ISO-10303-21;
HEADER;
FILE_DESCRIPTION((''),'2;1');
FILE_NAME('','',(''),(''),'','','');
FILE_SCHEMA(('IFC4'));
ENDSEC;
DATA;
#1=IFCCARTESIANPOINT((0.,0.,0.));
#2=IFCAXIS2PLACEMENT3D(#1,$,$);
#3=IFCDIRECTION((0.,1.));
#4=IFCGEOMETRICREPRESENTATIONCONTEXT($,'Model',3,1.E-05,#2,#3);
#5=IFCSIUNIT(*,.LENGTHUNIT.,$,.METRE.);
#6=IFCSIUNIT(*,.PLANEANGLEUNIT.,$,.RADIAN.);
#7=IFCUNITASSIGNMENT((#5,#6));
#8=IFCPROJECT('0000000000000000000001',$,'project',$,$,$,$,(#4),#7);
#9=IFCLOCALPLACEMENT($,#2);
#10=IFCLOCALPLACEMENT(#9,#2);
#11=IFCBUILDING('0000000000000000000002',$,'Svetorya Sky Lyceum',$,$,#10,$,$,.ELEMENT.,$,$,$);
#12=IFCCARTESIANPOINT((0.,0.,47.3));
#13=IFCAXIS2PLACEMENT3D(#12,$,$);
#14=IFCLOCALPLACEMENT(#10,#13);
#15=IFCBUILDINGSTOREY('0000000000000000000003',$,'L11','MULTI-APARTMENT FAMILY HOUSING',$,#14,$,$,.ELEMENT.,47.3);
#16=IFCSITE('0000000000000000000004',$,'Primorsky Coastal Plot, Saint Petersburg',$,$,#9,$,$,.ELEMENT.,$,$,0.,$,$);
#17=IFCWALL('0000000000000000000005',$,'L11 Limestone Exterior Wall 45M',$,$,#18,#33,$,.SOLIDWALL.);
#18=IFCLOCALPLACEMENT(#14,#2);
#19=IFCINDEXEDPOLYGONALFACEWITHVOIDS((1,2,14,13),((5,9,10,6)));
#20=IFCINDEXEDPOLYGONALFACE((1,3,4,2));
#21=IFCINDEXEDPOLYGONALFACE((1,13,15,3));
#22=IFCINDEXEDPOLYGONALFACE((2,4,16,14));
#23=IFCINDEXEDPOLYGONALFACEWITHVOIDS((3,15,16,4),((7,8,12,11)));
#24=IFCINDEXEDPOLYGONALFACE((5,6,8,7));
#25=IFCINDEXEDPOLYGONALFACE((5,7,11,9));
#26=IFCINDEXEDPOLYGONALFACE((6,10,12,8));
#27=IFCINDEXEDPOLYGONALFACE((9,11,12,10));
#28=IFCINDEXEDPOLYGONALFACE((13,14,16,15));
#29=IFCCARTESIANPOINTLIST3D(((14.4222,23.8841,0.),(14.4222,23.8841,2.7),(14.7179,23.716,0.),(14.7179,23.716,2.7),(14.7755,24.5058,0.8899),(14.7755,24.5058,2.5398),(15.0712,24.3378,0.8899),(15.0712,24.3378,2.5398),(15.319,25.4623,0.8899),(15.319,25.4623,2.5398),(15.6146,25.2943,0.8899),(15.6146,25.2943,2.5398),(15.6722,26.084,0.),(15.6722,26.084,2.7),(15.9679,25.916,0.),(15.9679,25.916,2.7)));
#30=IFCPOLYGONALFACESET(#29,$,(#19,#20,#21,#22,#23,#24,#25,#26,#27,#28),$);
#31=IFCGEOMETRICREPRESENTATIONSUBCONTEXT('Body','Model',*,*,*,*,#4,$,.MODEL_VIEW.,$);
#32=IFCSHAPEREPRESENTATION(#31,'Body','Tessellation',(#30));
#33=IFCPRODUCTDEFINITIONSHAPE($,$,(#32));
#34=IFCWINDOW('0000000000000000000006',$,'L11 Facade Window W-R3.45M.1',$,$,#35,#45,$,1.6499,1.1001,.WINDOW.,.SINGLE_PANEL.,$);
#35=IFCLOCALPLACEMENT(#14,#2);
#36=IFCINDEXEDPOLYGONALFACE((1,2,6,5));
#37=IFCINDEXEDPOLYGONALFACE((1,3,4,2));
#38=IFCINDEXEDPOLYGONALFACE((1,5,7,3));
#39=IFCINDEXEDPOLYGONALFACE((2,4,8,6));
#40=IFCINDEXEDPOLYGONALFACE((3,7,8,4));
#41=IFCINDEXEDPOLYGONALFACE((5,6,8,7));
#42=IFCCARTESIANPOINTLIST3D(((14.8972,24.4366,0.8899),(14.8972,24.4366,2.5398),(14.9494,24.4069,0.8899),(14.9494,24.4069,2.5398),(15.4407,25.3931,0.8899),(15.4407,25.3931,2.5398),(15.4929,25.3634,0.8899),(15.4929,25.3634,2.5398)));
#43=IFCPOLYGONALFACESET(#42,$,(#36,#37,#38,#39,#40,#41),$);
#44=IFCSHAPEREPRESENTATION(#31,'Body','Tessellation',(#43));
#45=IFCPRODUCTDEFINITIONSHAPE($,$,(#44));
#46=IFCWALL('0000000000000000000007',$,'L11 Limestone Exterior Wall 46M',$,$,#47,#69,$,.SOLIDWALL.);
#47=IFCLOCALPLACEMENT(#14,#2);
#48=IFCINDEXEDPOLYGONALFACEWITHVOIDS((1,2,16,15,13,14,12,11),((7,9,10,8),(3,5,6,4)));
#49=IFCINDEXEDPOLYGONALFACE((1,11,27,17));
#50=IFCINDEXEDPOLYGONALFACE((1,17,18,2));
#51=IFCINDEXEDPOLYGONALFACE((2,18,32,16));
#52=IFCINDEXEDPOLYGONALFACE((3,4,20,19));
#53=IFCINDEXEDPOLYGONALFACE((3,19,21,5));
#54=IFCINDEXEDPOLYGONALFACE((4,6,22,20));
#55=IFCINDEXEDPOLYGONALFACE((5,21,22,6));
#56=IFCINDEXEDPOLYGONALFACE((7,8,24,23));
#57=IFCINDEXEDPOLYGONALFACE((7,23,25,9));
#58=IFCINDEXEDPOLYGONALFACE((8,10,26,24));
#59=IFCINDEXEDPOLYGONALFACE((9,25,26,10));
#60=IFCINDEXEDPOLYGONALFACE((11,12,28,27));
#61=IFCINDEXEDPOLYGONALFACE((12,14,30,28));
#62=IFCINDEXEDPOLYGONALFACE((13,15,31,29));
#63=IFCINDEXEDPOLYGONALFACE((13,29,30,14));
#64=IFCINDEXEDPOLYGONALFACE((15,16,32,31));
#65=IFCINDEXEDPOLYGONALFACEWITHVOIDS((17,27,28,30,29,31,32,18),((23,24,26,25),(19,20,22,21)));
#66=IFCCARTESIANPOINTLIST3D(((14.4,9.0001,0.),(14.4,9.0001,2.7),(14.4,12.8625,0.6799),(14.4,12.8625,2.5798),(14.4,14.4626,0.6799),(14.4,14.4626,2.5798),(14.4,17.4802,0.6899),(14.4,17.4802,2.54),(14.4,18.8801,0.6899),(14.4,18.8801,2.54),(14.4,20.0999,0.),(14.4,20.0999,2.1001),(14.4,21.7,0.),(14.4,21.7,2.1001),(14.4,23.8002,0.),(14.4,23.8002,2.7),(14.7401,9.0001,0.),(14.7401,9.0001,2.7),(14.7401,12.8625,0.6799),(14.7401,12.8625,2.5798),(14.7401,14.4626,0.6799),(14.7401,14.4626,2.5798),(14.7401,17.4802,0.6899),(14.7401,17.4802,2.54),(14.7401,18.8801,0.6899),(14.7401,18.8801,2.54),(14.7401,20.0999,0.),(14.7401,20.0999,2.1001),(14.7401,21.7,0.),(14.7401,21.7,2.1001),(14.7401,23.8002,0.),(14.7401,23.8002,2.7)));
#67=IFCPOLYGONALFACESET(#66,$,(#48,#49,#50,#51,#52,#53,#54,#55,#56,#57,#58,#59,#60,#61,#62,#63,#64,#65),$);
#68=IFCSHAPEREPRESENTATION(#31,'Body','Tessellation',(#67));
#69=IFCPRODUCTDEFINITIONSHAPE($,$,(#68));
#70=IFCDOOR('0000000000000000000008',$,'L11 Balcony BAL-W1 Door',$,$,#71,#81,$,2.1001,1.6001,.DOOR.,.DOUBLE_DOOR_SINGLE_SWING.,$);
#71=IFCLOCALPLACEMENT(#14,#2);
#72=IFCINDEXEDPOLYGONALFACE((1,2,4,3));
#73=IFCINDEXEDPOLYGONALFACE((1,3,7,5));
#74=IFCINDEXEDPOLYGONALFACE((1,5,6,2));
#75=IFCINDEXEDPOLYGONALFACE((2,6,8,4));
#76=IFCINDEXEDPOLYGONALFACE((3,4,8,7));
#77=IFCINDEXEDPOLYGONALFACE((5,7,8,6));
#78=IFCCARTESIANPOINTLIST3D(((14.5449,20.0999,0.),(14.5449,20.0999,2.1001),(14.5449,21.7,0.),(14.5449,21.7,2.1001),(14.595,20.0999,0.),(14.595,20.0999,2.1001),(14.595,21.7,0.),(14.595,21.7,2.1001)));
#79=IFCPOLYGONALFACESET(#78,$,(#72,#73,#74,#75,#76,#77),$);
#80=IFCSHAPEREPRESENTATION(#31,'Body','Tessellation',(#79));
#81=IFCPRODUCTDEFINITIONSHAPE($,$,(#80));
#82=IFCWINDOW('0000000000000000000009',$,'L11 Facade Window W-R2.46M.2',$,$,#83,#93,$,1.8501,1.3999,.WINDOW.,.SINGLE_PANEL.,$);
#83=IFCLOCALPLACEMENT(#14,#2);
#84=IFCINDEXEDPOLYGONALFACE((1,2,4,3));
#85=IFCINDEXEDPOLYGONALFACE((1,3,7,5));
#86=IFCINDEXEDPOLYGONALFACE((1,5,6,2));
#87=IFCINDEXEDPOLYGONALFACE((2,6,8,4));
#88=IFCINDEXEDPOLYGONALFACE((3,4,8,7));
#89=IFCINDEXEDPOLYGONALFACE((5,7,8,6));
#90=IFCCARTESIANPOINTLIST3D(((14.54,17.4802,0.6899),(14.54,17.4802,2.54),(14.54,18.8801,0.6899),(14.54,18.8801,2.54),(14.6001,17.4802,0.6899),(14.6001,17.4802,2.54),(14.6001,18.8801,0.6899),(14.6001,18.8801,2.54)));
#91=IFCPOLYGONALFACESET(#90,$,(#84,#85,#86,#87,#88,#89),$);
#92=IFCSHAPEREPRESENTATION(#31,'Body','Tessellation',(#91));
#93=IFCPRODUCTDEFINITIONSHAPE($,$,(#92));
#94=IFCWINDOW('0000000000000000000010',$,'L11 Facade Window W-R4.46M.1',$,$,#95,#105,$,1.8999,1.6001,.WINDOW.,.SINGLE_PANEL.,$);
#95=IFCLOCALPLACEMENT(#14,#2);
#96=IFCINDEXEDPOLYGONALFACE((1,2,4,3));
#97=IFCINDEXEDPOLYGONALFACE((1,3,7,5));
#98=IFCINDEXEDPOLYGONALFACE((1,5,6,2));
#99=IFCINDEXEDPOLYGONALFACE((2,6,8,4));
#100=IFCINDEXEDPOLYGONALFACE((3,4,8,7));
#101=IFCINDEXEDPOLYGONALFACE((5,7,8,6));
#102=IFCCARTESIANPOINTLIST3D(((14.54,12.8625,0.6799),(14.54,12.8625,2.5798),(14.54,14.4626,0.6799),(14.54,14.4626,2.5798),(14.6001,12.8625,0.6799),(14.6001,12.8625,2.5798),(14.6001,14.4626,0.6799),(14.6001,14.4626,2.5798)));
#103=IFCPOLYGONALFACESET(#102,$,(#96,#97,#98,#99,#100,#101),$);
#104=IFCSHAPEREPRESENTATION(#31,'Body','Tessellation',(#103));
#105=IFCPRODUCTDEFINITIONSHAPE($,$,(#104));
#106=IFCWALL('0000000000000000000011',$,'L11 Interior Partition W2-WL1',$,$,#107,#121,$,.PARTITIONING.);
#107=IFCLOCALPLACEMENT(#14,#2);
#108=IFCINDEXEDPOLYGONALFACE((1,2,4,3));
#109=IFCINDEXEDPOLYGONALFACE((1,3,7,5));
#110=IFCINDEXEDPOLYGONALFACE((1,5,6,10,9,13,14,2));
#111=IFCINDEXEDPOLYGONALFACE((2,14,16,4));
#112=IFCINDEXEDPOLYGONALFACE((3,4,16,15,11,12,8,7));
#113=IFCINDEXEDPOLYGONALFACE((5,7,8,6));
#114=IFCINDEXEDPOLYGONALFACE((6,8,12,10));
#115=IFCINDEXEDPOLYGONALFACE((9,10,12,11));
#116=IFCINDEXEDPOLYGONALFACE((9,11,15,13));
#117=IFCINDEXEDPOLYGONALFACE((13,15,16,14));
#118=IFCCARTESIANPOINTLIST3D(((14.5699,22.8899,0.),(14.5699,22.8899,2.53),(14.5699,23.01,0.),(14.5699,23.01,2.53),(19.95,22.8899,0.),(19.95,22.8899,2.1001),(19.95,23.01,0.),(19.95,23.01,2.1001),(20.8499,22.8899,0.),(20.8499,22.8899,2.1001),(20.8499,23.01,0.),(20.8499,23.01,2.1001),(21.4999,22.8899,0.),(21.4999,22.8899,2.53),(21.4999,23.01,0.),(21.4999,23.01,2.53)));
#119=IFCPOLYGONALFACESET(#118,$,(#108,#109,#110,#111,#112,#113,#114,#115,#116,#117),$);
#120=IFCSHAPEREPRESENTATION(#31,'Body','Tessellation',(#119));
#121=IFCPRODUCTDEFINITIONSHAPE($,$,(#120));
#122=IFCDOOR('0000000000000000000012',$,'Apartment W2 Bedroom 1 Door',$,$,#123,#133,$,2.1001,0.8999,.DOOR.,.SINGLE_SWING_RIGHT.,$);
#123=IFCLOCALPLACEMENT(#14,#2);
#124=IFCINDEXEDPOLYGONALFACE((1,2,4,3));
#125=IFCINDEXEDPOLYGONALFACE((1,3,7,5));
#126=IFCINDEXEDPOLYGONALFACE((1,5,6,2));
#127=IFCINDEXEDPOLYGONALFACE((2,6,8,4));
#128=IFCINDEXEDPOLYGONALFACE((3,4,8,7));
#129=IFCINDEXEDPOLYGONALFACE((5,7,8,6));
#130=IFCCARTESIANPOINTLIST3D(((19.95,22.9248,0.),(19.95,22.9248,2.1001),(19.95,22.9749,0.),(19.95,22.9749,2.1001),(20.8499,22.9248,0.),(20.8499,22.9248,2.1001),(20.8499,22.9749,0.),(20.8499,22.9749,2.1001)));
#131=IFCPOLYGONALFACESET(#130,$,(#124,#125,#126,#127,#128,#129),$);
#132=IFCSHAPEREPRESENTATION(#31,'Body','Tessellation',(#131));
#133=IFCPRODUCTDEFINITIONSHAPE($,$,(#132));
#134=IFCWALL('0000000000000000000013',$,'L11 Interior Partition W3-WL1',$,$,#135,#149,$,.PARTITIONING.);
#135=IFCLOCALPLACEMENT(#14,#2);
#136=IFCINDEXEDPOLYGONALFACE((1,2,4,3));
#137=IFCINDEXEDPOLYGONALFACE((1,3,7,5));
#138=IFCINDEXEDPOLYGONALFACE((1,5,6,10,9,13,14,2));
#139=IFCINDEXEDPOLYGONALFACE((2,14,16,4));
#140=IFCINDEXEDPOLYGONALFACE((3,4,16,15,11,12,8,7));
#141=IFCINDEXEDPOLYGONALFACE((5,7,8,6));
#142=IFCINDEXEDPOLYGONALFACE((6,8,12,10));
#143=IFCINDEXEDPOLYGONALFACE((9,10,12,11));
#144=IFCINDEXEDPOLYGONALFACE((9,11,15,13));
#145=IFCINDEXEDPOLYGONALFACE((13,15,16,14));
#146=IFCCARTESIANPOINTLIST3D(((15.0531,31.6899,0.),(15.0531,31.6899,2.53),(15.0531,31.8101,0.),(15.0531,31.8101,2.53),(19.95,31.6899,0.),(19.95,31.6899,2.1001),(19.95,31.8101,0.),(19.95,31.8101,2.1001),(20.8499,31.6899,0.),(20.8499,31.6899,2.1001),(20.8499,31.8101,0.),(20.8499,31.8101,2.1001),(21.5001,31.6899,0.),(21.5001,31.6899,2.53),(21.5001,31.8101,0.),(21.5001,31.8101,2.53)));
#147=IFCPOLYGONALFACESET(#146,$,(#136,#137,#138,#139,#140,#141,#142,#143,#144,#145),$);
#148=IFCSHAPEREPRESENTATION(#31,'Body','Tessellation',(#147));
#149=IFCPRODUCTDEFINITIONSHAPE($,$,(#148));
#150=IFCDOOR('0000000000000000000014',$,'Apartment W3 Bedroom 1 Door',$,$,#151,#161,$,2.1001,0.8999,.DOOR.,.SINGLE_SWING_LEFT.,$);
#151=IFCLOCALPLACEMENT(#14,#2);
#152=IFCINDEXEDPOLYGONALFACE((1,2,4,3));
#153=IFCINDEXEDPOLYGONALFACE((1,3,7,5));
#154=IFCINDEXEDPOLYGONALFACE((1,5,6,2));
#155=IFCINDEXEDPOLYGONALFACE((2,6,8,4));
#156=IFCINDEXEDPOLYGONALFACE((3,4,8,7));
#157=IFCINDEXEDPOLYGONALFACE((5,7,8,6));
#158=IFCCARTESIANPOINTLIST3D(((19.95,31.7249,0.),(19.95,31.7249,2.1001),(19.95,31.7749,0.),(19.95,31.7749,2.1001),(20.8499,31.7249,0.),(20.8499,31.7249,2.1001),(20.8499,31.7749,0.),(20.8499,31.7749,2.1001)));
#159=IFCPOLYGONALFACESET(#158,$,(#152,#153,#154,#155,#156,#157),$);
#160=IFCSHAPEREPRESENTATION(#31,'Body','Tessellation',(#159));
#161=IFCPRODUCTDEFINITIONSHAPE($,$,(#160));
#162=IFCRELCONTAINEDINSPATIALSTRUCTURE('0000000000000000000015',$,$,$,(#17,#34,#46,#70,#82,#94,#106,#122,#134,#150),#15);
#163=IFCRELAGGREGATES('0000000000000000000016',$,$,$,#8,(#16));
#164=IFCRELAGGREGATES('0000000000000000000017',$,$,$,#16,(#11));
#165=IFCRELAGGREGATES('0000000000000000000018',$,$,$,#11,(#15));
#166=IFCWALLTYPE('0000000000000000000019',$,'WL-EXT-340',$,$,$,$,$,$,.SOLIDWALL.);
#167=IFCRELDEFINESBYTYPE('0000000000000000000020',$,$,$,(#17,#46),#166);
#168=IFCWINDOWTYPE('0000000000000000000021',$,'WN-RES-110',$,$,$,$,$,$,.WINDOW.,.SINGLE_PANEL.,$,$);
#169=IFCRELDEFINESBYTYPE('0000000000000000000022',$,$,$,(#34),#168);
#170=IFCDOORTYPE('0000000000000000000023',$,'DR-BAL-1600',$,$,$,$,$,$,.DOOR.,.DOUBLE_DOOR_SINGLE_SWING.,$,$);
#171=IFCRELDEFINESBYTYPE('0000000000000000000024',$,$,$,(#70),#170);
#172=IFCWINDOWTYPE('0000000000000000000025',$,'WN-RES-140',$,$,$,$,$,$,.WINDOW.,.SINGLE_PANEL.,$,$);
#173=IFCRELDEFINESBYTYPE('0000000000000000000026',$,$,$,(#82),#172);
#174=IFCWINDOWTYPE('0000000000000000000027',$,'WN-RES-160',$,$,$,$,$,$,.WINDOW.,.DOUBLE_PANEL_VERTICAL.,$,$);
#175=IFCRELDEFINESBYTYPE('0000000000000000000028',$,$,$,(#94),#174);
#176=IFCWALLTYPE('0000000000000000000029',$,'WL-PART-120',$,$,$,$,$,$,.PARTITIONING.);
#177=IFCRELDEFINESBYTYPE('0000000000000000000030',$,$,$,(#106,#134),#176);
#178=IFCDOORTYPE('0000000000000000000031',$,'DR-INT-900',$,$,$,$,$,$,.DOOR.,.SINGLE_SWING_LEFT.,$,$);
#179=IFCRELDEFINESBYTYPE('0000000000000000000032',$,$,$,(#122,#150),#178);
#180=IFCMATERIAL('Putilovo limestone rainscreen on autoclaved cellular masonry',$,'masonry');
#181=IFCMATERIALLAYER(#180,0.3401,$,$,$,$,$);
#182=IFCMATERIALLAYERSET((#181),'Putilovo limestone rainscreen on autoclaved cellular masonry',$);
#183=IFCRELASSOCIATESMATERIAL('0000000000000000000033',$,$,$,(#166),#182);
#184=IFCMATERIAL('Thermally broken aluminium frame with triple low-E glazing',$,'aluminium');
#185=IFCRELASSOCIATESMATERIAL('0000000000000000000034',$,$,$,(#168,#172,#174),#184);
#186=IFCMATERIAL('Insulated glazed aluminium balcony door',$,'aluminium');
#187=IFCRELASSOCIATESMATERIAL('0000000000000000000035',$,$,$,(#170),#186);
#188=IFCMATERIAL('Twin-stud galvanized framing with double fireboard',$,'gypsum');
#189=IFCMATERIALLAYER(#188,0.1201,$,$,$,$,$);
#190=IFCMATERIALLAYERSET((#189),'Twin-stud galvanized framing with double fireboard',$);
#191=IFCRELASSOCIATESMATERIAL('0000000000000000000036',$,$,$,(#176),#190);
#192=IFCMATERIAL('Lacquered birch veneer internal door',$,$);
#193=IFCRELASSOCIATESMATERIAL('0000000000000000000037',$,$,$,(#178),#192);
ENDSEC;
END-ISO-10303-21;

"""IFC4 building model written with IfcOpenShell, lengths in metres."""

from ifc_helpers import new_model, si_unit, direction, frame, frame_2d, origin, place, context, subcontext, project, spatial, rectangle, extrude, material, layer, layer_set, type_object, element, fill, save


model = new_model("IFC4")

# Units and contexts
model_context = context("Model", 3, precision=1e-05, world=origin(), true_north=direction((0.0, 1.0)))
body_context = subcontext(model_context, "Body", "Model", "MODEL_VIEW")
ifc_project = project(units=[si_unit("LENGTHUNIT", "METRE"), si_unit("PLANEANGLEUNIT", "RADIAN")], contexts=[model_context])

# Site, building, storey
site_placement = place(None, origin())
site = spatial("IfcSite", under=ifc_project, at=site_placement, Name="Primorsky Coastal Plot, Saint Petersburg", CompositionType="ELEMENT", RefElevation=0.0)
building_placement = place(site_placement, origin())
building = spatial("IfcBuilding", under=site, at=building_placement, Name="Svetorya Sky Lyceum", CompositionType="ELEMENT")
storey_placement = place(building_placement, frame((0.0, 0.0, 47.3)))
storey = spatial("IfcBuildingStorey", under=building, at=storey_placement, Name="L11", Description="MULTI-APARTMENT FAMILY HOUSING", CompositionType="ELEMENT", Elevation=47.3)

# Shared definitions
ifc_material_1 = material(Name="Putilovo limestone rainscreen on autoclaved cellular masonry", Category="masonry")
ifc_layer_1 = layer(ifc_material_1, 0.3401)
ifc_layer_set_1 = layer_set([ifc_layer_1], Name="Putilovo limestone rainscreen on autoclaved cellular masonry")
wall_type_1 = type_object("IfcWallType", Name="WL-EXT-340", PredefinedType="SOLIDWALL", material=ifc_layer_set_1)
ifc_material_2 = material(Name="Thermally broken aluminium frame with triple low-E glazing", Category="aluminium")

# Wall, opening, window
wall_1_placement = place(storey_placement, frame((15.8201, 26.0, 0.0), z_axis=(0.0, 0.0, 1.0), x_axis=(-0.494018, -0.869452, 0.0)))
wall_1 = element("IfcWall", 1, at=wall_1_placement, inside=storey, type_object=wall_type_1, Name="L11 Limestone Exterior Wall 45M", PredefinedType="SOLIDWALL", context=body_context, shape_type="SweptSolid", body=[
    extrude(rectangle(XDim=2.5303, YDim=0.3401, at=frame_2d((1.2651, 0.0))), origin(), (0.0, 0.0, 1.0), 2.7),
])
opening_1_placement = place(wall_1_placement, frame((0.7151, 0.0, 0.8899)))
opening_1 = element("IfcOpeningElement", 2, at=opening_1_placement, cuts=wall_1, PredefinedType="OPENING", context=body_context, shape_type="SweptSolid", body=[
    extrude(rectangle(XDim=1.1001, YDim=1.6499, at=frame_2d((0.55, 0.825))), frame((0.0, 0.1799, 0.0), z_axis=(0.0, -1.0, 0.0), x_axis=(1.0, 0.0, 0.0)), (0.0, 0.0, 1.0), 0.3601),
])
window_type_1 = type_object("IfcWindowType", Name="WN-RES-110", PartitioningType="SINGLE_PANEL", PredefinedType="WINDOW", material=ifc_material_2)
window_1_placement = place(opening_1_placement, origin())
window_1 = element("IfcWindow", 3, at=window_1_placement, inside=storey, type_object=window_type_1, Name="L11 Facade Window W-R3.45M.1", OverallHeight=1.6499, OverallWidth=1.1001, PartitioningType="SINGLE_PANEL", PredefinedType="WINDOW", context=body_context, shape_type="SweptSolid", body=[
    extrude(rectangle(XDim=1.1001, YDim=1.6499, at=frame_2d((0.55, 0.825))), frame((0.0, 0.03, 0.0), z_axis=(0.0, -1.0, 0.0), x_axis=(1.0, 0.0, 0.0)), (0.0, 0.0, 1.0), 0.0601),
])
fill(opening_1, window_1)

# Wall, openings, door, windows
wall_2_placement = place(storey_placement, frame((14.5701, 23.8, 0.0), z_axis=(0.0, 0.0, 1.0), x_axis=(0.0, -1.0, 0.0)))
wall_2 = element("IfcWall", 4, at=wall_2_placement, inside=storey, type_object=wall_type_1, Name="L11 Limestone Exterior Wall 46M", PredefinedType="SOLIDWALL", context=body_context, shape_type="SweptSolid", body=[
    extrude(rectangle(XDim=14.8, YDim=0.3401, at=frame_2d((7.3999, 0.0))), origin(), (0.0, 0.0, 1.0), 2.7),
])
opening_2_placement = place(wall_2_placement, frame((2.1001, 0.0, 0.0)))
opening_2 = element("IfcOpeningElement", 5, at=opening_2_placement, cuts=wall_2, PredefinedType="OPENING", context=body_context, shape_type="SweptSolid", body=[
    extrude(rectangle(XDim=1.6001, YDim=2.1001, at=frame_2d((0.8, 1.05))), frame((0.0, 0.1799, 0.0), z_axis=(0.0, -1.0, 0.0), x_axis=(1.0, 0.0, 0.0)), (0.0, 0.0, 1.0), 0.3601),
])
opening_3_placement = place(wall_2_placement, frame((4.9199, 0.0, 0.6899)))
opening_3 = element("IfcOpeningElement", 6, at=opening_3_placement, cuts=wall_2, PredefinedType="OPENING", context=body_context, shape_type="SweptSolid", body=[
    extrude(rectangle(XDim=1.3999, YDim=1.8501, at=frame_2d((0.7, 0.925))), frame((0.0, 0.1799, 0.0), z_axis=(0.0, -1.0, 0.0), x_axis=(1.0, 0.0, 0.0)), (0.0, 0.0, 1.0), 0.3601),
])
opening_4_placement = place(wall_2_placement, frame((9.3374, 0.0, 0.6799)))
opening_4 = element("IfcOpeningElement", 7, at=opening_4_placement, cuts=wall_2, PredefinedType="OPENING", context=body_context, shape_type="SweptSolid", body=[
    extrude(rectangle(XDim=1.6001, YDim=1.8999, at=frame_2d((0.8, 0.95))), frame((0.0, 0.1799, 0.0), z_axis=(0.0, -1.0, 0.0), x_axis=(1.0, 0.0, 0.0)), (0.0, 0.0, 1.0), 0.3601),
])
ifc_material_3 = material(Name="Insulated glazed aluminium balcony door", Category="aluminium")
door_type_1 = type_object("IfcDoorType", Name="DR-BAL-1600", OperationType="DOUBLE_DOOR_SINGLE_SWING", PredefinedType="DOOR", material=ifc_material_3)
door_1_placement = place(opening_2_placement, origin())
door_1 = element("IfcDoor", 8, at=door_1_placement, inside=storey, type_object=door_type_1, Name="L11 Balcony BAL-W1 Door", OperationType="DOUBLE_DOOR_SINGLE_SWING", OverallHeight=2.1001, OverallWidth=1.6001, PredefinedType="DOOR", context=body_context, shape_type="SweptSolid", body=[
    extrude(rectangle(XDim=1.6001, YDim=2.1001, at=frame_2d((0.8, 1.05))), frame((0.0, 0.0249, 0.0), z_axis=(0.0, -1.0, 0.0), x_axis=(1.0, 0.0, 0.0)), (0.0, 0.0, 1.0), 0.05),
])
fill(opening_2, door_1)
window_type_2 = type_object("IfcWindowType", Name="WN-RES-140", PartitioningType="SINGLE_PANEL", PredefinedType="WINDOW", material=ifc_material_2)
window_2_placement = place(opening_3_placement, origin())
window_2 = element("IfcWindow", 9, at=window_2_placement, inside=storey, type_object=window_type_2, Name="L11 Facade Window W-R2.46M.2", OverallHeight=1.8501, OverallWidth=1.3999, PartitioningType="SINGLE_PANEL", PredefinedType="WINDOW", context=body_context, shape_type="SweptSolid", body=[
    extrude(rectangle(XDim=1.3999, YDim=1.8501, at=frame_2d((0.7, 0.925))), frame((0.0, 0.03, 0.0), z_axis=(0.0, -1.0, 0.0), x_axis=(1.0, 0.0, 0.0)), (0.0, 0.0, 1.0), 0.0601),
])
fill(opening_3, window_2)
window_type_3 = type_object("IfcWindowType", Name="WN-RES-160", PartitioningType="DOUBLE_PANEL_VERTICAL", PredefinedType="WINDOW", material=ifc_material_2)
window_3_placement = place(opening_4_placement, origin())
window_3 = element("IfcWindow", 10, at=window_3_placement, inside=storey, type_object=window_type_3, Name="L11 Facade Window W-R4.46M.1", OverallHeight=1.8999, OverallWidth=1.6001, PartitioningType="SINGLE_PANEL", PredefinedType="WINDOW", context=body_context, shape_type="SweptSolid", body=[
    extrude(rectangle(XDim=1.6001, YDim=1.8999, at=frame_2d((0.8, 0.95))), frame((0.0, 0.03, 0.0), z_axis=(0.0, -1.0, 0.0), x_axis=(1.0, 0.0, 0.0)), (0.0, 0.0, 1.0), 0.0601),
])
fill(opening_4, window_3)

# Walls, openings, doors
ifc_material_4 = material(Name="Twin-stud galvanized framing with double fireboard", Category="gypsum")
ifc_layer_2 = layer(ifc_material_4, 0.1201)
ifc_layer_set_2 = layer_set([ifc_layer_2], Name="Twin-stud galvanized framing with double fireboard")
wall_type_2 = type_object("IfcWallType", Name="WL-PART-120", PredefinedType="PARTITIONING", material=ifc_layer_set_2)
wall_3_placement = place(storey_placement, frame((14.5701, 22.95, 0.0), z_axis=(0.0, 0.0, 1.0), x_axis=(1.0, 0.0, 0.0)))
wall_3 = element("IfcWall", 11, at=wall_3_placement, inside=storey, type_object=wall_type_2, Name="L11 Interior Partition W2-WL1", PredefinedType="PARTITIONING", context=body_context, shape_type="SweptSolid", body=[
    extrude(rectangle(XDim=6.9299, YDim=0.1201, at=frame_2d((3.4648, 0.0))), origin(), (0.0, 0.0, 1.0), 2.53),
])
opening_5_placement = place(wall_3_placement, frame((5.3799, 0.0, 0.0)))
opening_5 = element("IfcOpeningElement", 12, at=opening_5_placement, cuts=wall_3, PredefinedType="OPENING", context=body_context, shape_type="SweptSolid", body=[
    extrude(rectangle(XDim=0.8999, YDim=2.1001, at=frame_2d((0.45, 1.05))), frame((0.0, 0.0701, 0.0), z_axis=(0.0, -1.0, 0.0), x_axis=(1.0, 0.0, 0.0)), (0.0, 0.0, 1.0), 0.1401),
])
ifc_material_5 = material(Name="Lacquered birch veneer internal door")
door_type_2 = type_object("IfcDoorType", Name="DR-INT-900", OperationType="SINGLE_SWING_LEFT", PredefinedType="DOOR", material=ifc_material_5)
door_2_placement = place(opening_5_placement, origin())
door_2 = element("IfcDoor", 13, at=door_2_placement, inside=storey, type_object=door_type_2, Name="Apartment W2 Bedroom 1 Door", OperationType="SINGLE_SWING_RIGHT", OverallHeight=2.1001, OverallWidth=0.8999, PredefinedType="DOOR", context=body_context, shape_type="SweptSolid", body=[
    extrude(rectangle(XDim=0.8999, YDim=2.1001, at=frame_2d((0.45, 1.05))), frame((0.0, 0.0249, 0.0), z_axis=(0.0, -1.0, 0.0), x_axis=(1.0, 0.0, 0.0)), (0.0, 0.0, 1.0), 0.05),
])
fill(opening_5, door_2)
wall_4_placement = place(storey_placement, frame((15.053, 31.75, 0.0), z_axis=(0.0, 0.0, 1.0), x_axis=(1.0, 0.0, 0.0)))
wall_4 = element("IfcWall", 14, at=wall_4_placement, inside=storey, type_object=wall_type_2, Name="L11 Interior Partition W3-WL1", PredefinedType="PARTITIONING", context=body_context, shape_type="SweptSolid", body=[
    extrude(rectangle(XDim=6.447, YDim=0.1201, at=frame_2d((3.2236, 0.0))), origin(), (0.0, 0.0, 1.0), 2.53),
])
opening_6_placement = place(wall_4_placement, frame((4.897, 0.0, 0.0)))
opening_6 = element("IfcOpeningElement", 15, at=opening_6_placement, cuts=wall_4, PredefinedType="OPENING", context=body_context, shape_type="SweptSolid", body=[
    extrude(rectangle(XDim=0.8999, YDim=2.1001, at=frame_2d((0.45, 1.05))), frame((0.0, 0.0701, 0.0), z_axis=(0.0, -1.0, 0.0), x_axis=(1.0, 0.0, 0.0)), (0.0, 0.0, 1.0), 0.1401),
])
door_3_placement = place(opening_6_placement, origin())
door_3 = element("IfcDoor", 16, at=door_3_placement, inside=storey, type_object=door_type_2, Name="Apartment W3 Bedroom 1 Door", OperationType="SINGLE_SWING_LEFT", OverallHeight=2.1001, OverallWidth=0.8999, PredefinedType="DOOR", context=body_context, shape_type="SweptSolid", body=[
    extrude(rectangle(XDim=0.8999, YDim=2.1001, at=frame_2d((0.45, 1.05))), frame((0.0, 0.0249, 0.0), z_axis=(0.0, -1.0, 0.0), x_axis=(1.0, 0.0, 0.0)), (0.0, 0.0, 1.0), 0.05),
])
fill(opening_6, door_3)

save(model, "model.ifc")
